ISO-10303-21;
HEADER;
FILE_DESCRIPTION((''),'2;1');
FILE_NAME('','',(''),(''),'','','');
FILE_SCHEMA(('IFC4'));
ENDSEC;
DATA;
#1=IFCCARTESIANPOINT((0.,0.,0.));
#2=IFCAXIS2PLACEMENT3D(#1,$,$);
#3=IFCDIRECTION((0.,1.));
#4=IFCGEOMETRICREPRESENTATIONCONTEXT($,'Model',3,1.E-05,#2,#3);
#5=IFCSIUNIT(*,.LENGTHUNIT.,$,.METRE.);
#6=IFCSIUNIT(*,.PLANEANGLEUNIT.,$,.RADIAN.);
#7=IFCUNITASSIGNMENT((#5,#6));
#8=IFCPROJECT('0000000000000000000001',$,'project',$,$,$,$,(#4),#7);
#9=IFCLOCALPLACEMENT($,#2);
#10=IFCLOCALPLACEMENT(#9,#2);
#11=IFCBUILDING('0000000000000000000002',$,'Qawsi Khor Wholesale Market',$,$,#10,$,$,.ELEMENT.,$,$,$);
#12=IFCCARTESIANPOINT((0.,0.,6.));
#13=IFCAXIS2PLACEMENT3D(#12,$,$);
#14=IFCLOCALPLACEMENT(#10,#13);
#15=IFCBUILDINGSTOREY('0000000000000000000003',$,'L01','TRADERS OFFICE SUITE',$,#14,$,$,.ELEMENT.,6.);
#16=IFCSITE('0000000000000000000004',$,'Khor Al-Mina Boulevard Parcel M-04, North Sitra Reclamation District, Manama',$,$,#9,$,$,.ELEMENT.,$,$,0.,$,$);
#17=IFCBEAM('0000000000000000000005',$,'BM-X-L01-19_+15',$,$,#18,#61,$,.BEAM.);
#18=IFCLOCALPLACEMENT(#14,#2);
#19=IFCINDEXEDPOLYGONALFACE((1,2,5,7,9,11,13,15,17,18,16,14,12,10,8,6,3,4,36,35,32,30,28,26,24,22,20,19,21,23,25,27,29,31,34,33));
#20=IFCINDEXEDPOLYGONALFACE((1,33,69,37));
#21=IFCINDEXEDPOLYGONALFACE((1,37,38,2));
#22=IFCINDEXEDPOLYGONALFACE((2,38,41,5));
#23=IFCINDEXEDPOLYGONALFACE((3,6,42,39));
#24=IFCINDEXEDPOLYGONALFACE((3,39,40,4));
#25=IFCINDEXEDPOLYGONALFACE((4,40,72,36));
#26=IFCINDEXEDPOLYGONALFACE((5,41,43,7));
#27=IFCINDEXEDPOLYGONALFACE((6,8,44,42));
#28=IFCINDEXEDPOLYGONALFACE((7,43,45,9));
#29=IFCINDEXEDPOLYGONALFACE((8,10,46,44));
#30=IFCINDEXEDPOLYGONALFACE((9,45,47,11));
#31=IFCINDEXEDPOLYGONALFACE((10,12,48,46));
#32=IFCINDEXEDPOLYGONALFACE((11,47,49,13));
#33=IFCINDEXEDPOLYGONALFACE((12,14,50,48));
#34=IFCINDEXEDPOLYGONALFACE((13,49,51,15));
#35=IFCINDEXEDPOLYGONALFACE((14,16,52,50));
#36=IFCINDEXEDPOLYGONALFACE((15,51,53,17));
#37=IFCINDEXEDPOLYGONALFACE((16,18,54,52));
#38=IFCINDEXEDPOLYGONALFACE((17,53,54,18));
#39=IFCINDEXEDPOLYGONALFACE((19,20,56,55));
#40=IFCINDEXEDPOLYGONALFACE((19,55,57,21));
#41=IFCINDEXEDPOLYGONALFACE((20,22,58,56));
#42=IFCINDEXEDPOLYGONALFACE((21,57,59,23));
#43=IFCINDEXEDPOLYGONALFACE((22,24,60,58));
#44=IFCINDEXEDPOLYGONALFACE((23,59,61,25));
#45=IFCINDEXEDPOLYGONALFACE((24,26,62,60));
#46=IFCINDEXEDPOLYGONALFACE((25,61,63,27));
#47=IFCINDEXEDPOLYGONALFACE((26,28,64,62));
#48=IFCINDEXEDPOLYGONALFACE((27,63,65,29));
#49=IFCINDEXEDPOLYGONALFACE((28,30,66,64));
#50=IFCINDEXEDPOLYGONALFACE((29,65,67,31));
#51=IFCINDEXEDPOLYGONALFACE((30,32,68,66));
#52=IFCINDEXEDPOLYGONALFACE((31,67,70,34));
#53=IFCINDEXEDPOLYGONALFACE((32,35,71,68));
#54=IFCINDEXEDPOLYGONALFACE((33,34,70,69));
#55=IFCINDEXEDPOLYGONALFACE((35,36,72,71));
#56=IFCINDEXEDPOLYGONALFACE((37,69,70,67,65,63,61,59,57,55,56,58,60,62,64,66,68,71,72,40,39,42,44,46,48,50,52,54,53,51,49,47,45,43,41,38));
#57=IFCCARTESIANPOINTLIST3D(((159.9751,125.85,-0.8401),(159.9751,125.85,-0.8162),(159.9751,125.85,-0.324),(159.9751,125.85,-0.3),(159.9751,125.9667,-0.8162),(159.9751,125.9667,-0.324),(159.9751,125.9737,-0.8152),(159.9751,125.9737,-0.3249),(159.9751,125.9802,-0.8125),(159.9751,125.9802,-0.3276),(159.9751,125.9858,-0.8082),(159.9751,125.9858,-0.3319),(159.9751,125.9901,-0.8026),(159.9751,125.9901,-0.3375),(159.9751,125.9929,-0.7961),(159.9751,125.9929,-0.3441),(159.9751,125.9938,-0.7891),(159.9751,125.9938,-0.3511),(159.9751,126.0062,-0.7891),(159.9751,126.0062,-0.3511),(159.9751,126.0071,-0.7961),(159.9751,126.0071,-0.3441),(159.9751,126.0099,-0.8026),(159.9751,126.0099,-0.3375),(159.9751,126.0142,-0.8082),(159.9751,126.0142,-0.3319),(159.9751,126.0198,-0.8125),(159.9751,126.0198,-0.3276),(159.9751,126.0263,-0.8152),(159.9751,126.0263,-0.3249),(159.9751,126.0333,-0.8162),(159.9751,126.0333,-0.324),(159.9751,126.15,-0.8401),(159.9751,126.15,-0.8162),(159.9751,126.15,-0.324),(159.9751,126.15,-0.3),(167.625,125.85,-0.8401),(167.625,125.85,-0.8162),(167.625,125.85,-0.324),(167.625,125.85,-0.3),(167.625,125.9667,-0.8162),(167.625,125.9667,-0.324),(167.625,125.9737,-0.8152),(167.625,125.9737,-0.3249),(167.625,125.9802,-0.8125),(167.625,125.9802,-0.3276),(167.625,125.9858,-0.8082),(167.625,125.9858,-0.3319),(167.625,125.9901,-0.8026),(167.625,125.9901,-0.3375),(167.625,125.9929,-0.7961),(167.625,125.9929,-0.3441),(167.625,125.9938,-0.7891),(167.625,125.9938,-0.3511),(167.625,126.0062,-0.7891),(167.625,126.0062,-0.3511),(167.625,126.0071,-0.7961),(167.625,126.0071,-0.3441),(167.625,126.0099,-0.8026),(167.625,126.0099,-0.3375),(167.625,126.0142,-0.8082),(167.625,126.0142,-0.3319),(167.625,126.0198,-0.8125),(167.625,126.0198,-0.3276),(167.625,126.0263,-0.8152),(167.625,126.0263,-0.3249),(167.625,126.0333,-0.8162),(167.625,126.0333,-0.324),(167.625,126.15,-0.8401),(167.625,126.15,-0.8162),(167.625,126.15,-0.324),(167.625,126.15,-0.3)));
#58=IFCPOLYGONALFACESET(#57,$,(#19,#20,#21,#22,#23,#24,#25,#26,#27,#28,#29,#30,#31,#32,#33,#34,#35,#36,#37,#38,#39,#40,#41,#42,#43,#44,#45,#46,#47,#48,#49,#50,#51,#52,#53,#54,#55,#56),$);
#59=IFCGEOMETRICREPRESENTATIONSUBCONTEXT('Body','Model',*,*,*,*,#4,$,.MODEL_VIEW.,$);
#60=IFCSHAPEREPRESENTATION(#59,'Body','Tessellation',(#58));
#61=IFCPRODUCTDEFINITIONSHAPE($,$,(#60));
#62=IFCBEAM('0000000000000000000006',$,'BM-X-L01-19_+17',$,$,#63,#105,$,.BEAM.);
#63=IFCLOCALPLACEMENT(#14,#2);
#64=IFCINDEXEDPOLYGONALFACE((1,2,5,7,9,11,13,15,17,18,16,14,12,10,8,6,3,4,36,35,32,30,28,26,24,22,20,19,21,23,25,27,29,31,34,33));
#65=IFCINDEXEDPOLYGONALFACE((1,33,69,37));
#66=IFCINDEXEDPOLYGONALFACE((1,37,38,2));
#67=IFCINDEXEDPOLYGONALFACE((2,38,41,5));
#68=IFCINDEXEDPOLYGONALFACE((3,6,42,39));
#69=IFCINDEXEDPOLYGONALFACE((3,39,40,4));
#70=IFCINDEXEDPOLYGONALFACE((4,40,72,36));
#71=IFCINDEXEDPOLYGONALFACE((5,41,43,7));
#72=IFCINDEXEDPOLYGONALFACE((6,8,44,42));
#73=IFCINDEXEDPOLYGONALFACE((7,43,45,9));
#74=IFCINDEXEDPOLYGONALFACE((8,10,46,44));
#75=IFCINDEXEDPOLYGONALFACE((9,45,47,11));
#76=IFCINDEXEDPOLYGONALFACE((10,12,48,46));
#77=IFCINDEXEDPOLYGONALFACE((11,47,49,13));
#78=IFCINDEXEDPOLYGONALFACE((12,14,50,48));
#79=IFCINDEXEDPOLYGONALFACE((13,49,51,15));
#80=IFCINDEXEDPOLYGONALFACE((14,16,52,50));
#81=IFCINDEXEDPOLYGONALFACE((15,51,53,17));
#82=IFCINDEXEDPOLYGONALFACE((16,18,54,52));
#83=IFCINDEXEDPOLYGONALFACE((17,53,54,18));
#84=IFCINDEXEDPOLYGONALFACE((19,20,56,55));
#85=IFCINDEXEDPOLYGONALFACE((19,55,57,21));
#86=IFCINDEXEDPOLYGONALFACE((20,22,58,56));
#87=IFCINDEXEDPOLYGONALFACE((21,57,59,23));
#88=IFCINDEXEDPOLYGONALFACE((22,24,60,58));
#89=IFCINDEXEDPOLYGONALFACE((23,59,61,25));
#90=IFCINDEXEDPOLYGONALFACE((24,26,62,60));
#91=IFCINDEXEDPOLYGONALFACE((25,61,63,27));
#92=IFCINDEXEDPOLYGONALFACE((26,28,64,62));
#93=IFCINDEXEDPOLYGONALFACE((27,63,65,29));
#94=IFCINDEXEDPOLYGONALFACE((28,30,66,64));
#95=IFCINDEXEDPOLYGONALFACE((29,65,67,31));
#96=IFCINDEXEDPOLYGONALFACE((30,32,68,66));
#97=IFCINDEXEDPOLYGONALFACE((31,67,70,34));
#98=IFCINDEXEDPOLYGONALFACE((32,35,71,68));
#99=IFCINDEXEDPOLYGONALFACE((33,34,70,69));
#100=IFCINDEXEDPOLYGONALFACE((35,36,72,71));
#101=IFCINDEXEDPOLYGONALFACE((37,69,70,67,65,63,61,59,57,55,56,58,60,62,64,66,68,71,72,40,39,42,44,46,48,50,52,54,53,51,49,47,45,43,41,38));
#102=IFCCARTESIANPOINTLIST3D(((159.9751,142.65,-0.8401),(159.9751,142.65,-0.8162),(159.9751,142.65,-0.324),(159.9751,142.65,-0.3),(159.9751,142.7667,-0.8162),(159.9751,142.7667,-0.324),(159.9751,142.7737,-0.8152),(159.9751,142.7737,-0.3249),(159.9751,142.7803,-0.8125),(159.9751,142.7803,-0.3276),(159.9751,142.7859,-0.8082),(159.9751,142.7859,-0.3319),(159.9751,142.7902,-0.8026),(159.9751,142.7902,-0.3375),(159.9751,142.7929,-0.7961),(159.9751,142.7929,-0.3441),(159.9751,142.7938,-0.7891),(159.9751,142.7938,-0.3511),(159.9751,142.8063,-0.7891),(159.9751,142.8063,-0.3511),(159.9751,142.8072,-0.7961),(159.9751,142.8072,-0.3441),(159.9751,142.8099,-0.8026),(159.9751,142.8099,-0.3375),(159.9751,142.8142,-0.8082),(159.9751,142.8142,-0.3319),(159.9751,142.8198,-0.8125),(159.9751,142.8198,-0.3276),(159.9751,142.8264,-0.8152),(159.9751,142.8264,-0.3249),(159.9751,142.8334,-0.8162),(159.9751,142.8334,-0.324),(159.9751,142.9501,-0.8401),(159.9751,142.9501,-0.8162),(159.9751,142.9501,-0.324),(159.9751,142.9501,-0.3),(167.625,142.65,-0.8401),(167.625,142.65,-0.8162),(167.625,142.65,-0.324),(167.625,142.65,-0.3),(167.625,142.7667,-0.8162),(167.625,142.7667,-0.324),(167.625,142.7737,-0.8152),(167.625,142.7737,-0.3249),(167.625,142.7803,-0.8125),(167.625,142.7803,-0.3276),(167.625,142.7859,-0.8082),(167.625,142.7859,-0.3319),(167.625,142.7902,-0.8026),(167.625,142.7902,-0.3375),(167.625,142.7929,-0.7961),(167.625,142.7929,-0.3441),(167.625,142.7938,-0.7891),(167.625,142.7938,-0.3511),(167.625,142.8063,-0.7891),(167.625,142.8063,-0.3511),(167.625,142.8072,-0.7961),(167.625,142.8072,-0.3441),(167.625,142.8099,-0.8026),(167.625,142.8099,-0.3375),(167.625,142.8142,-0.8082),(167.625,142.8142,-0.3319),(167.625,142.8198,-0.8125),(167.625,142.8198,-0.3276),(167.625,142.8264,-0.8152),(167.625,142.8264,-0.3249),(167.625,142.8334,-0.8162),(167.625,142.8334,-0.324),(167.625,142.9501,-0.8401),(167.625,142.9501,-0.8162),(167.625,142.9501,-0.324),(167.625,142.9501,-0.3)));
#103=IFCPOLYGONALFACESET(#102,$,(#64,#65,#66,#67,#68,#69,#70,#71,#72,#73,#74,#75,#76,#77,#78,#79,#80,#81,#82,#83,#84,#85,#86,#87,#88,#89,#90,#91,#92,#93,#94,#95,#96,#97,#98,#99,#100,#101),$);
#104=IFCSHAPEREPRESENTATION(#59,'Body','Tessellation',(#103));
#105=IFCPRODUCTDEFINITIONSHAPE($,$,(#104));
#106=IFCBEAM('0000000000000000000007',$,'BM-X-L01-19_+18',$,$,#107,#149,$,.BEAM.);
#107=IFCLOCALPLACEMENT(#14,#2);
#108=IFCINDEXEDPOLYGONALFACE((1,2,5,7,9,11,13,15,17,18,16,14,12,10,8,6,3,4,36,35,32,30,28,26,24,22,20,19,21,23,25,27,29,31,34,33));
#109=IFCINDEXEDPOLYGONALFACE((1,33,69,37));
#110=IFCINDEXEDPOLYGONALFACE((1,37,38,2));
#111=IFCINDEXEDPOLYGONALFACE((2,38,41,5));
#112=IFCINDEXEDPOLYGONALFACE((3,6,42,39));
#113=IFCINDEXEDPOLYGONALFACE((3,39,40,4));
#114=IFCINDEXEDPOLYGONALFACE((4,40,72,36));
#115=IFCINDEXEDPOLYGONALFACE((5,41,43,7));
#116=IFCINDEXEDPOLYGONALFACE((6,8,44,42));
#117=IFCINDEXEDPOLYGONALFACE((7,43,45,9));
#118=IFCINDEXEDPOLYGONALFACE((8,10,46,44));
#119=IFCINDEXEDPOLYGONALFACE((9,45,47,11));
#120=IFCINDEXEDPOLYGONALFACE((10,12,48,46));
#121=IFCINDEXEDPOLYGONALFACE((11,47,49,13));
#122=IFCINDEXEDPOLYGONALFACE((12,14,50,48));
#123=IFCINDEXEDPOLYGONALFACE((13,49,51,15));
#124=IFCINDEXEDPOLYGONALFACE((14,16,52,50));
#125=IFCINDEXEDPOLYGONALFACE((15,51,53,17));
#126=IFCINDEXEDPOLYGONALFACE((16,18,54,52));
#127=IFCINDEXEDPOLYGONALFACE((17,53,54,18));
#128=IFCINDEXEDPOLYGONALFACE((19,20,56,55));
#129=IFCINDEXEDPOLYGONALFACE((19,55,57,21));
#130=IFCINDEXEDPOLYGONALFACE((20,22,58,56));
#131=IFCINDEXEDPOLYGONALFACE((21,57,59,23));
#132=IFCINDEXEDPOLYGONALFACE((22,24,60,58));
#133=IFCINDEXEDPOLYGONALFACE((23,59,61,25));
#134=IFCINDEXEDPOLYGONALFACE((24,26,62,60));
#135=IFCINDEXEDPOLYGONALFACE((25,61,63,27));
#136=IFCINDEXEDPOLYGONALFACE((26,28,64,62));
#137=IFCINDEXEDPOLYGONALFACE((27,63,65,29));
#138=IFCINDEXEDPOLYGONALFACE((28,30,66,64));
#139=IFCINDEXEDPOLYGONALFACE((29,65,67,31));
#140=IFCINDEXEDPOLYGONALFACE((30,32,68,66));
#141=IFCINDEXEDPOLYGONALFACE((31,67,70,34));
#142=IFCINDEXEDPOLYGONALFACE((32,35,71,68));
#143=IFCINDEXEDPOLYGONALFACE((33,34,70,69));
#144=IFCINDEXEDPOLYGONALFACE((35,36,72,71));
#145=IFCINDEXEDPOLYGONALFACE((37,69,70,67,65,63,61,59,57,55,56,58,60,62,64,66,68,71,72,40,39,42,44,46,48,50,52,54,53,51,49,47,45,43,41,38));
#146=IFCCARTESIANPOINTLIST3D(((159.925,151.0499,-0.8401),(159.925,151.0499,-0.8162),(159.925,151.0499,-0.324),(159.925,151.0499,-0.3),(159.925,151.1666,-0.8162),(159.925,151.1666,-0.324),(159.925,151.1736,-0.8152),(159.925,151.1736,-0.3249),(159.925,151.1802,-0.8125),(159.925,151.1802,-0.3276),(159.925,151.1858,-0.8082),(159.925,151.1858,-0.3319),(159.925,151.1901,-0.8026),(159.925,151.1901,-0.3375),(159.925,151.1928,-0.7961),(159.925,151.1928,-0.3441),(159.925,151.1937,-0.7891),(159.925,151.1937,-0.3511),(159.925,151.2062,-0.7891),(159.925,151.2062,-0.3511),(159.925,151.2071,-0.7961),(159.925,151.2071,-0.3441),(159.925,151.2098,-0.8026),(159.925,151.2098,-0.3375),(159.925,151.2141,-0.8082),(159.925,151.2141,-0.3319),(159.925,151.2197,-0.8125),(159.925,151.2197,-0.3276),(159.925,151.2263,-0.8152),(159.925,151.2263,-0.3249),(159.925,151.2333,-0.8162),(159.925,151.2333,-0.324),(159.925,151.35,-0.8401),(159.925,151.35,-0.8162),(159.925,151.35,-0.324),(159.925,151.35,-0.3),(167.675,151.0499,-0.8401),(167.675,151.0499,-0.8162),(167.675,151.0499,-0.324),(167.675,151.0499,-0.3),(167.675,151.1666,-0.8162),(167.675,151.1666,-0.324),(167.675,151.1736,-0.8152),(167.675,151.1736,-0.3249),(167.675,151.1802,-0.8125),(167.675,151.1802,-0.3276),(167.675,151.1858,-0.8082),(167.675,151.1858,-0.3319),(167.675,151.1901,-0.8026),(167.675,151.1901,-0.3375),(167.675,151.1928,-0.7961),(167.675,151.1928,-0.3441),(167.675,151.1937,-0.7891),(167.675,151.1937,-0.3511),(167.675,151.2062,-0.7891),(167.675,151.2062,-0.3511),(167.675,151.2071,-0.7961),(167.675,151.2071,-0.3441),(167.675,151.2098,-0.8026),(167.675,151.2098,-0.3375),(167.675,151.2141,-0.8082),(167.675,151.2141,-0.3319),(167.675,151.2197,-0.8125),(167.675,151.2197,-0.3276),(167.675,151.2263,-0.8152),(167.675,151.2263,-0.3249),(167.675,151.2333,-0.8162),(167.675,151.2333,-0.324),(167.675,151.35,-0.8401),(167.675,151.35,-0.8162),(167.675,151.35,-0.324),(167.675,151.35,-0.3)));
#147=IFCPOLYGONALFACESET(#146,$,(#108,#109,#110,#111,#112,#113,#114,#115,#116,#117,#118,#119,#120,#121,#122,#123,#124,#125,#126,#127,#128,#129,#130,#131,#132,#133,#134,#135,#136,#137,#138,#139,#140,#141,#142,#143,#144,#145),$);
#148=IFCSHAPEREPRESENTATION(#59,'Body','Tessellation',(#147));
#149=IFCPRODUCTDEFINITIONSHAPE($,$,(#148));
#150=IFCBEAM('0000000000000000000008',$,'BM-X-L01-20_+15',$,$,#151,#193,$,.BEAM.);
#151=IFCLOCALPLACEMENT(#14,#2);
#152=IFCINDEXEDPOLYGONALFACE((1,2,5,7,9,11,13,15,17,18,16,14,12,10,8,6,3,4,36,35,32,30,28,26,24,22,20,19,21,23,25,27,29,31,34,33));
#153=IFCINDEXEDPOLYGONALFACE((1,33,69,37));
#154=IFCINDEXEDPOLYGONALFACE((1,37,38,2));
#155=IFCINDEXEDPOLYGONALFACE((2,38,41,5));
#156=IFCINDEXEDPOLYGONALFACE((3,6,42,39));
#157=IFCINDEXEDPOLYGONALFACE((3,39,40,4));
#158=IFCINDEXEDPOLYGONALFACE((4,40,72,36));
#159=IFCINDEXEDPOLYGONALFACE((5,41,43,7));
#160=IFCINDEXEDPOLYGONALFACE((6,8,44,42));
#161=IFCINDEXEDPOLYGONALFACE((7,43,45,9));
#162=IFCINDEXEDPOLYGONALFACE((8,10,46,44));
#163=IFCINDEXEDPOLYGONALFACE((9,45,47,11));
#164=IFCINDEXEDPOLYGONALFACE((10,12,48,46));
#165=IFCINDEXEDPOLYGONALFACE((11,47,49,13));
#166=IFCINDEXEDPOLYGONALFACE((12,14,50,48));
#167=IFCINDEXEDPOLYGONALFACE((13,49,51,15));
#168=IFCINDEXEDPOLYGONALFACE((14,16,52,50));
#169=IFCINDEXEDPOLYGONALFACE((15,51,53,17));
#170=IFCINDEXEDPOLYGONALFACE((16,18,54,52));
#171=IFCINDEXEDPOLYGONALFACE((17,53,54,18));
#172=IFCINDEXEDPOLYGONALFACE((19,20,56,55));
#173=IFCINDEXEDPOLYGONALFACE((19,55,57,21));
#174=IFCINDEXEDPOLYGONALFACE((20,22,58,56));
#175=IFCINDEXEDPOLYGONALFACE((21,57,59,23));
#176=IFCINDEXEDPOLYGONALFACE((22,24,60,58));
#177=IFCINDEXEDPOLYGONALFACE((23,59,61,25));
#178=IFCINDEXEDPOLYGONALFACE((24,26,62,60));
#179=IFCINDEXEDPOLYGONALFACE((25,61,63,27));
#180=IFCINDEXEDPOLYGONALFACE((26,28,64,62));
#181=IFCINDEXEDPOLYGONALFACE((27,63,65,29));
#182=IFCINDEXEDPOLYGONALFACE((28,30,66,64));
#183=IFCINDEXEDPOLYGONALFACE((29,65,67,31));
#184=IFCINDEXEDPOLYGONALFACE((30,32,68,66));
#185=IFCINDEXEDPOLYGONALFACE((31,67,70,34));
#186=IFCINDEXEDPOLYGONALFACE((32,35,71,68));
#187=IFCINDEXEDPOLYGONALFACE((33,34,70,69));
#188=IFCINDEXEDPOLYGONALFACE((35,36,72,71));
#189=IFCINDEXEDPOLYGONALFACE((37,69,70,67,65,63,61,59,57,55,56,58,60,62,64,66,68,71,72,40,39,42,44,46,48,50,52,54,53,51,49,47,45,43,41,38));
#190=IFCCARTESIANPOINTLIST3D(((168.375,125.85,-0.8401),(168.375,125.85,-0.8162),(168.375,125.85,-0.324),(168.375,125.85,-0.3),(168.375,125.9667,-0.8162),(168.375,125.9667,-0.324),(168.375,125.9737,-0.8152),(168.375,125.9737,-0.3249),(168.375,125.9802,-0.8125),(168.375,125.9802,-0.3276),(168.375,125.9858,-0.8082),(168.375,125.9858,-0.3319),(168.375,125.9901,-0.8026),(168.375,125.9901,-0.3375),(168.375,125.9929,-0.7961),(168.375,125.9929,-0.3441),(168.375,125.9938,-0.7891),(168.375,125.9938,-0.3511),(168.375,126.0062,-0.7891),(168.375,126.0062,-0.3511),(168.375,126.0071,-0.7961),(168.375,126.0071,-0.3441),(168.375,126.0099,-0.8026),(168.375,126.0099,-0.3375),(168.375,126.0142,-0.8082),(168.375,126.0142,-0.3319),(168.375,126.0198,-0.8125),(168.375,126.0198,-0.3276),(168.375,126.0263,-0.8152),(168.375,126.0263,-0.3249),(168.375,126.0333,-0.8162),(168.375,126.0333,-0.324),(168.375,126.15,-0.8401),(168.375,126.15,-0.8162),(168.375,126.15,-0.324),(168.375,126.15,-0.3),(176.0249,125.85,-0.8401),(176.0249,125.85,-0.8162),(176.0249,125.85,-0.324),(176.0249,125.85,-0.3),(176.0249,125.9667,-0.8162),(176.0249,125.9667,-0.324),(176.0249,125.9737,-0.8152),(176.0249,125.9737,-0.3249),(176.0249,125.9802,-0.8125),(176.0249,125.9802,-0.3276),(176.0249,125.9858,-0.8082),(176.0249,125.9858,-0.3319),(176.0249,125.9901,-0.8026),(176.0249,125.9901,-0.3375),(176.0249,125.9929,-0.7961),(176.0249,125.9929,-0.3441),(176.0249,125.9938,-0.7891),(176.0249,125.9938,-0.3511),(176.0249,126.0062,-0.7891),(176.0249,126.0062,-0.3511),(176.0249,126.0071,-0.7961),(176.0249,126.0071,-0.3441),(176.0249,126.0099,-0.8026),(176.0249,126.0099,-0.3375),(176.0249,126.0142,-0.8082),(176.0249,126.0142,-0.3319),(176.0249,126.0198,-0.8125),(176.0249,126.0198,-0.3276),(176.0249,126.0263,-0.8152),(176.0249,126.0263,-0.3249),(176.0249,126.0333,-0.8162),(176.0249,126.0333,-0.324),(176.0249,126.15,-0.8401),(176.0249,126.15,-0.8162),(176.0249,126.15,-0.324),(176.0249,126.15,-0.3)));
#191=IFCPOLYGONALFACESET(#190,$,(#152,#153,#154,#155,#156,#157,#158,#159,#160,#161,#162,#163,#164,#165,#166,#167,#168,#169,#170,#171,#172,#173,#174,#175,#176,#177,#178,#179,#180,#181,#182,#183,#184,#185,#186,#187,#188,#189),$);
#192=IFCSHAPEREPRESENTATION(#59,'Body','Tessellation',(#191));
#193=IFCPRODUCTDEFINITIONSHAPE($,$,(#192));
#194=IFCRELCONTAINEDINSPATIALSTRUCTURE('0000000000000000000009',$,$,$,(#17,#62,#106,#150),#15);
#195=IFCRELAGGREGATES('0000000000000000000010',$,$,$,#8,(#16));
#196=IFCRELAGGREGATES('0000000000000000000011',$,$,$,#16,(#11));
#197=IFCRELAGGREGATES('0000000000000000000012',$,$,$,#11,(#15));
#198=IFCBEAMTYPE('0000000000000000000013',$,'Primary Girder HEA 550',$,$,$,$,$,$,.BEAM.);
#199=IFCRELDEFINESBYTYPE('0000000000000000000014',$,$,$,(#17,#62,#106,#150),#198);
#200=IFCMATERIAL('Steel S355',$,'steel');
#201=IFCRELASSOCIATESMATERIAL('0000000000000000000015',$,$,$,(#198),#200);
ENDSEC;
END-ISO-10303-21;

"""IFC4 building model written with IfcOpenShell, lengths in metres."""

from ifc_helpers import new_model, si_unit, direction, frame, origin, origin_2d, place, context, subcontext, project, spatial, i_section, extrude, material, material_profile, profile_set, type_object, element, save


model = new_model("IFC4")

# Units and contexts
model_context = context("Model", 3, precision=1e-05, world=origin(), true_north=direction((0.0, 1.0)))
body_context = subcontext(model_context, "Body", "Model", "MODEL_VIEW")
ifc_project = project(units=[si_unit("LENGTHUNIT", "METRE"), si_unit("PLANEANGLEUNIT", "RADIAN")], contexts=[model_context])

# Site, building, storey
site_placement = place(None, origin())
site = spatial("IfcSite", under=ifc_project, at=site_placement, Name="Khor Al-Mina Boulevard Parcel M-04, North Sitra Reclamation District, Manama", CompositionType="ELEMENT", RefElevation=0.0)
building_placement = place(site_placement, origin())
building = spatial("IfcBuilding", under=site, at=building_placement, Name="Qawsi Khor Wholesale Market", CompositionType="ELEMENT")
storey_placement = place(building_placement, frame((0.0, 0.0, 6.0)))
storey = spatial("IfcBuildingStorey", under=building, at=storey_placement, Name="L01", Description="TRADERS OFFICE SUITE", CompositionType="ELEMENT", Elevation=6.0)

# Beams
ifc_material_1 = material(Name="Steel S355", Category="steel")
ifc_material_profile_1 = material_profile(ifc_material_1, i_section(OverallWidth=0.3, OverallDepth=0.54, WebThickness=0.0125, FlangeThickness=0.0239, FilletRadius=0.0271, at=origin_2d()), Name="HEA 550")
ifc_profile_set_1 = profile_set([ifc_material_profile_1], Name="Steel S355")
beam_type_1 = type_object("IfcBeamType", Name="Primary Girder HEA 550", PredefinedType="BEAM", material=ifc_profile_set_1)
for number, where, z_axis, x_axis, name in (
    (1, (159.9751, 126.0, -0.5701), (1.0, 0.0, 0.0), (0.0, 1.0, 0.0), "BM-X-L01-19_+15"),
    (2, (159.9751, 142.8, -0.5701), (1.0, 0.0, 0.0), (0.0, 1.0, 0.0), "BM-X-L01-19_+17"),
):
    element("IfcBeam", number, at=place(storey_placement, frame(where, z_axis=z_axis, x_axis=x_axis)), inside=storey, type_object=beam_type_1, Name=name, PredefinedType="BEAM", context=body_context, shape_type="SweptSolid", body=[
        extrude(i_section(OverallWidth=0.3, OverallDepth=0.54, WebThickness=0.0125, FlangeThickness=0.0239, FilletRadius=0.0271, at=origin_2d()), origin(), (0.0, 0.0, 1.0), 7.6499),
    ])
beam_1_placement = place(storey_placement, frame((159.925, 151.2, -0.5701), z_axis=(1.0, 0.0, 0.0), x_axis=(0.0, 1.0, 0.0)))
element("IfcBeam", 3, at=beam_1_placement, inside=storey, type_object=beam_type_1, Name="BM-X-L01-19_+18", PredefinedType="BEAM", context=body_context, shape_type="SweptSolid", body=[
    extrude(i_section(OverallWidth=0.3, OverallDepth=0.54, WebThickness=0.0125, FlangeThickness=0.0239, FilletRadius=0.0271, at=origin_2d()), origin(), (0.0, 0.0, 1.0), 7.75),
])
for number, where, z_axis, x_axis, name in (
    (4, (168.375, 126.0, -0.5701), (1.0, 0.0, 0.0), (0.0, 1.0, 0.0), "BM-X-L01-20_+15"),
):
    element("IfcBeam", number, at=place(storey_placement, frame(where, z_axis=z_axis, x_axis=x_axis)), inside=storey, type_object=beam_type_1, Name=name, PredefinedType="BEAM", context=body_context, shape_type="SweptSolid", body=[
        extrude(i_section(OverallWidth=0.3, OverallDepth=0.54, WebThickness=0.0125, FlangeThickness=0.0239, FilletRadius=0.0271, at=origin_2d()), origin(), (0.0, 0.0, 1.0), 7.6499),
    ])

save(model, "model.ifc")
